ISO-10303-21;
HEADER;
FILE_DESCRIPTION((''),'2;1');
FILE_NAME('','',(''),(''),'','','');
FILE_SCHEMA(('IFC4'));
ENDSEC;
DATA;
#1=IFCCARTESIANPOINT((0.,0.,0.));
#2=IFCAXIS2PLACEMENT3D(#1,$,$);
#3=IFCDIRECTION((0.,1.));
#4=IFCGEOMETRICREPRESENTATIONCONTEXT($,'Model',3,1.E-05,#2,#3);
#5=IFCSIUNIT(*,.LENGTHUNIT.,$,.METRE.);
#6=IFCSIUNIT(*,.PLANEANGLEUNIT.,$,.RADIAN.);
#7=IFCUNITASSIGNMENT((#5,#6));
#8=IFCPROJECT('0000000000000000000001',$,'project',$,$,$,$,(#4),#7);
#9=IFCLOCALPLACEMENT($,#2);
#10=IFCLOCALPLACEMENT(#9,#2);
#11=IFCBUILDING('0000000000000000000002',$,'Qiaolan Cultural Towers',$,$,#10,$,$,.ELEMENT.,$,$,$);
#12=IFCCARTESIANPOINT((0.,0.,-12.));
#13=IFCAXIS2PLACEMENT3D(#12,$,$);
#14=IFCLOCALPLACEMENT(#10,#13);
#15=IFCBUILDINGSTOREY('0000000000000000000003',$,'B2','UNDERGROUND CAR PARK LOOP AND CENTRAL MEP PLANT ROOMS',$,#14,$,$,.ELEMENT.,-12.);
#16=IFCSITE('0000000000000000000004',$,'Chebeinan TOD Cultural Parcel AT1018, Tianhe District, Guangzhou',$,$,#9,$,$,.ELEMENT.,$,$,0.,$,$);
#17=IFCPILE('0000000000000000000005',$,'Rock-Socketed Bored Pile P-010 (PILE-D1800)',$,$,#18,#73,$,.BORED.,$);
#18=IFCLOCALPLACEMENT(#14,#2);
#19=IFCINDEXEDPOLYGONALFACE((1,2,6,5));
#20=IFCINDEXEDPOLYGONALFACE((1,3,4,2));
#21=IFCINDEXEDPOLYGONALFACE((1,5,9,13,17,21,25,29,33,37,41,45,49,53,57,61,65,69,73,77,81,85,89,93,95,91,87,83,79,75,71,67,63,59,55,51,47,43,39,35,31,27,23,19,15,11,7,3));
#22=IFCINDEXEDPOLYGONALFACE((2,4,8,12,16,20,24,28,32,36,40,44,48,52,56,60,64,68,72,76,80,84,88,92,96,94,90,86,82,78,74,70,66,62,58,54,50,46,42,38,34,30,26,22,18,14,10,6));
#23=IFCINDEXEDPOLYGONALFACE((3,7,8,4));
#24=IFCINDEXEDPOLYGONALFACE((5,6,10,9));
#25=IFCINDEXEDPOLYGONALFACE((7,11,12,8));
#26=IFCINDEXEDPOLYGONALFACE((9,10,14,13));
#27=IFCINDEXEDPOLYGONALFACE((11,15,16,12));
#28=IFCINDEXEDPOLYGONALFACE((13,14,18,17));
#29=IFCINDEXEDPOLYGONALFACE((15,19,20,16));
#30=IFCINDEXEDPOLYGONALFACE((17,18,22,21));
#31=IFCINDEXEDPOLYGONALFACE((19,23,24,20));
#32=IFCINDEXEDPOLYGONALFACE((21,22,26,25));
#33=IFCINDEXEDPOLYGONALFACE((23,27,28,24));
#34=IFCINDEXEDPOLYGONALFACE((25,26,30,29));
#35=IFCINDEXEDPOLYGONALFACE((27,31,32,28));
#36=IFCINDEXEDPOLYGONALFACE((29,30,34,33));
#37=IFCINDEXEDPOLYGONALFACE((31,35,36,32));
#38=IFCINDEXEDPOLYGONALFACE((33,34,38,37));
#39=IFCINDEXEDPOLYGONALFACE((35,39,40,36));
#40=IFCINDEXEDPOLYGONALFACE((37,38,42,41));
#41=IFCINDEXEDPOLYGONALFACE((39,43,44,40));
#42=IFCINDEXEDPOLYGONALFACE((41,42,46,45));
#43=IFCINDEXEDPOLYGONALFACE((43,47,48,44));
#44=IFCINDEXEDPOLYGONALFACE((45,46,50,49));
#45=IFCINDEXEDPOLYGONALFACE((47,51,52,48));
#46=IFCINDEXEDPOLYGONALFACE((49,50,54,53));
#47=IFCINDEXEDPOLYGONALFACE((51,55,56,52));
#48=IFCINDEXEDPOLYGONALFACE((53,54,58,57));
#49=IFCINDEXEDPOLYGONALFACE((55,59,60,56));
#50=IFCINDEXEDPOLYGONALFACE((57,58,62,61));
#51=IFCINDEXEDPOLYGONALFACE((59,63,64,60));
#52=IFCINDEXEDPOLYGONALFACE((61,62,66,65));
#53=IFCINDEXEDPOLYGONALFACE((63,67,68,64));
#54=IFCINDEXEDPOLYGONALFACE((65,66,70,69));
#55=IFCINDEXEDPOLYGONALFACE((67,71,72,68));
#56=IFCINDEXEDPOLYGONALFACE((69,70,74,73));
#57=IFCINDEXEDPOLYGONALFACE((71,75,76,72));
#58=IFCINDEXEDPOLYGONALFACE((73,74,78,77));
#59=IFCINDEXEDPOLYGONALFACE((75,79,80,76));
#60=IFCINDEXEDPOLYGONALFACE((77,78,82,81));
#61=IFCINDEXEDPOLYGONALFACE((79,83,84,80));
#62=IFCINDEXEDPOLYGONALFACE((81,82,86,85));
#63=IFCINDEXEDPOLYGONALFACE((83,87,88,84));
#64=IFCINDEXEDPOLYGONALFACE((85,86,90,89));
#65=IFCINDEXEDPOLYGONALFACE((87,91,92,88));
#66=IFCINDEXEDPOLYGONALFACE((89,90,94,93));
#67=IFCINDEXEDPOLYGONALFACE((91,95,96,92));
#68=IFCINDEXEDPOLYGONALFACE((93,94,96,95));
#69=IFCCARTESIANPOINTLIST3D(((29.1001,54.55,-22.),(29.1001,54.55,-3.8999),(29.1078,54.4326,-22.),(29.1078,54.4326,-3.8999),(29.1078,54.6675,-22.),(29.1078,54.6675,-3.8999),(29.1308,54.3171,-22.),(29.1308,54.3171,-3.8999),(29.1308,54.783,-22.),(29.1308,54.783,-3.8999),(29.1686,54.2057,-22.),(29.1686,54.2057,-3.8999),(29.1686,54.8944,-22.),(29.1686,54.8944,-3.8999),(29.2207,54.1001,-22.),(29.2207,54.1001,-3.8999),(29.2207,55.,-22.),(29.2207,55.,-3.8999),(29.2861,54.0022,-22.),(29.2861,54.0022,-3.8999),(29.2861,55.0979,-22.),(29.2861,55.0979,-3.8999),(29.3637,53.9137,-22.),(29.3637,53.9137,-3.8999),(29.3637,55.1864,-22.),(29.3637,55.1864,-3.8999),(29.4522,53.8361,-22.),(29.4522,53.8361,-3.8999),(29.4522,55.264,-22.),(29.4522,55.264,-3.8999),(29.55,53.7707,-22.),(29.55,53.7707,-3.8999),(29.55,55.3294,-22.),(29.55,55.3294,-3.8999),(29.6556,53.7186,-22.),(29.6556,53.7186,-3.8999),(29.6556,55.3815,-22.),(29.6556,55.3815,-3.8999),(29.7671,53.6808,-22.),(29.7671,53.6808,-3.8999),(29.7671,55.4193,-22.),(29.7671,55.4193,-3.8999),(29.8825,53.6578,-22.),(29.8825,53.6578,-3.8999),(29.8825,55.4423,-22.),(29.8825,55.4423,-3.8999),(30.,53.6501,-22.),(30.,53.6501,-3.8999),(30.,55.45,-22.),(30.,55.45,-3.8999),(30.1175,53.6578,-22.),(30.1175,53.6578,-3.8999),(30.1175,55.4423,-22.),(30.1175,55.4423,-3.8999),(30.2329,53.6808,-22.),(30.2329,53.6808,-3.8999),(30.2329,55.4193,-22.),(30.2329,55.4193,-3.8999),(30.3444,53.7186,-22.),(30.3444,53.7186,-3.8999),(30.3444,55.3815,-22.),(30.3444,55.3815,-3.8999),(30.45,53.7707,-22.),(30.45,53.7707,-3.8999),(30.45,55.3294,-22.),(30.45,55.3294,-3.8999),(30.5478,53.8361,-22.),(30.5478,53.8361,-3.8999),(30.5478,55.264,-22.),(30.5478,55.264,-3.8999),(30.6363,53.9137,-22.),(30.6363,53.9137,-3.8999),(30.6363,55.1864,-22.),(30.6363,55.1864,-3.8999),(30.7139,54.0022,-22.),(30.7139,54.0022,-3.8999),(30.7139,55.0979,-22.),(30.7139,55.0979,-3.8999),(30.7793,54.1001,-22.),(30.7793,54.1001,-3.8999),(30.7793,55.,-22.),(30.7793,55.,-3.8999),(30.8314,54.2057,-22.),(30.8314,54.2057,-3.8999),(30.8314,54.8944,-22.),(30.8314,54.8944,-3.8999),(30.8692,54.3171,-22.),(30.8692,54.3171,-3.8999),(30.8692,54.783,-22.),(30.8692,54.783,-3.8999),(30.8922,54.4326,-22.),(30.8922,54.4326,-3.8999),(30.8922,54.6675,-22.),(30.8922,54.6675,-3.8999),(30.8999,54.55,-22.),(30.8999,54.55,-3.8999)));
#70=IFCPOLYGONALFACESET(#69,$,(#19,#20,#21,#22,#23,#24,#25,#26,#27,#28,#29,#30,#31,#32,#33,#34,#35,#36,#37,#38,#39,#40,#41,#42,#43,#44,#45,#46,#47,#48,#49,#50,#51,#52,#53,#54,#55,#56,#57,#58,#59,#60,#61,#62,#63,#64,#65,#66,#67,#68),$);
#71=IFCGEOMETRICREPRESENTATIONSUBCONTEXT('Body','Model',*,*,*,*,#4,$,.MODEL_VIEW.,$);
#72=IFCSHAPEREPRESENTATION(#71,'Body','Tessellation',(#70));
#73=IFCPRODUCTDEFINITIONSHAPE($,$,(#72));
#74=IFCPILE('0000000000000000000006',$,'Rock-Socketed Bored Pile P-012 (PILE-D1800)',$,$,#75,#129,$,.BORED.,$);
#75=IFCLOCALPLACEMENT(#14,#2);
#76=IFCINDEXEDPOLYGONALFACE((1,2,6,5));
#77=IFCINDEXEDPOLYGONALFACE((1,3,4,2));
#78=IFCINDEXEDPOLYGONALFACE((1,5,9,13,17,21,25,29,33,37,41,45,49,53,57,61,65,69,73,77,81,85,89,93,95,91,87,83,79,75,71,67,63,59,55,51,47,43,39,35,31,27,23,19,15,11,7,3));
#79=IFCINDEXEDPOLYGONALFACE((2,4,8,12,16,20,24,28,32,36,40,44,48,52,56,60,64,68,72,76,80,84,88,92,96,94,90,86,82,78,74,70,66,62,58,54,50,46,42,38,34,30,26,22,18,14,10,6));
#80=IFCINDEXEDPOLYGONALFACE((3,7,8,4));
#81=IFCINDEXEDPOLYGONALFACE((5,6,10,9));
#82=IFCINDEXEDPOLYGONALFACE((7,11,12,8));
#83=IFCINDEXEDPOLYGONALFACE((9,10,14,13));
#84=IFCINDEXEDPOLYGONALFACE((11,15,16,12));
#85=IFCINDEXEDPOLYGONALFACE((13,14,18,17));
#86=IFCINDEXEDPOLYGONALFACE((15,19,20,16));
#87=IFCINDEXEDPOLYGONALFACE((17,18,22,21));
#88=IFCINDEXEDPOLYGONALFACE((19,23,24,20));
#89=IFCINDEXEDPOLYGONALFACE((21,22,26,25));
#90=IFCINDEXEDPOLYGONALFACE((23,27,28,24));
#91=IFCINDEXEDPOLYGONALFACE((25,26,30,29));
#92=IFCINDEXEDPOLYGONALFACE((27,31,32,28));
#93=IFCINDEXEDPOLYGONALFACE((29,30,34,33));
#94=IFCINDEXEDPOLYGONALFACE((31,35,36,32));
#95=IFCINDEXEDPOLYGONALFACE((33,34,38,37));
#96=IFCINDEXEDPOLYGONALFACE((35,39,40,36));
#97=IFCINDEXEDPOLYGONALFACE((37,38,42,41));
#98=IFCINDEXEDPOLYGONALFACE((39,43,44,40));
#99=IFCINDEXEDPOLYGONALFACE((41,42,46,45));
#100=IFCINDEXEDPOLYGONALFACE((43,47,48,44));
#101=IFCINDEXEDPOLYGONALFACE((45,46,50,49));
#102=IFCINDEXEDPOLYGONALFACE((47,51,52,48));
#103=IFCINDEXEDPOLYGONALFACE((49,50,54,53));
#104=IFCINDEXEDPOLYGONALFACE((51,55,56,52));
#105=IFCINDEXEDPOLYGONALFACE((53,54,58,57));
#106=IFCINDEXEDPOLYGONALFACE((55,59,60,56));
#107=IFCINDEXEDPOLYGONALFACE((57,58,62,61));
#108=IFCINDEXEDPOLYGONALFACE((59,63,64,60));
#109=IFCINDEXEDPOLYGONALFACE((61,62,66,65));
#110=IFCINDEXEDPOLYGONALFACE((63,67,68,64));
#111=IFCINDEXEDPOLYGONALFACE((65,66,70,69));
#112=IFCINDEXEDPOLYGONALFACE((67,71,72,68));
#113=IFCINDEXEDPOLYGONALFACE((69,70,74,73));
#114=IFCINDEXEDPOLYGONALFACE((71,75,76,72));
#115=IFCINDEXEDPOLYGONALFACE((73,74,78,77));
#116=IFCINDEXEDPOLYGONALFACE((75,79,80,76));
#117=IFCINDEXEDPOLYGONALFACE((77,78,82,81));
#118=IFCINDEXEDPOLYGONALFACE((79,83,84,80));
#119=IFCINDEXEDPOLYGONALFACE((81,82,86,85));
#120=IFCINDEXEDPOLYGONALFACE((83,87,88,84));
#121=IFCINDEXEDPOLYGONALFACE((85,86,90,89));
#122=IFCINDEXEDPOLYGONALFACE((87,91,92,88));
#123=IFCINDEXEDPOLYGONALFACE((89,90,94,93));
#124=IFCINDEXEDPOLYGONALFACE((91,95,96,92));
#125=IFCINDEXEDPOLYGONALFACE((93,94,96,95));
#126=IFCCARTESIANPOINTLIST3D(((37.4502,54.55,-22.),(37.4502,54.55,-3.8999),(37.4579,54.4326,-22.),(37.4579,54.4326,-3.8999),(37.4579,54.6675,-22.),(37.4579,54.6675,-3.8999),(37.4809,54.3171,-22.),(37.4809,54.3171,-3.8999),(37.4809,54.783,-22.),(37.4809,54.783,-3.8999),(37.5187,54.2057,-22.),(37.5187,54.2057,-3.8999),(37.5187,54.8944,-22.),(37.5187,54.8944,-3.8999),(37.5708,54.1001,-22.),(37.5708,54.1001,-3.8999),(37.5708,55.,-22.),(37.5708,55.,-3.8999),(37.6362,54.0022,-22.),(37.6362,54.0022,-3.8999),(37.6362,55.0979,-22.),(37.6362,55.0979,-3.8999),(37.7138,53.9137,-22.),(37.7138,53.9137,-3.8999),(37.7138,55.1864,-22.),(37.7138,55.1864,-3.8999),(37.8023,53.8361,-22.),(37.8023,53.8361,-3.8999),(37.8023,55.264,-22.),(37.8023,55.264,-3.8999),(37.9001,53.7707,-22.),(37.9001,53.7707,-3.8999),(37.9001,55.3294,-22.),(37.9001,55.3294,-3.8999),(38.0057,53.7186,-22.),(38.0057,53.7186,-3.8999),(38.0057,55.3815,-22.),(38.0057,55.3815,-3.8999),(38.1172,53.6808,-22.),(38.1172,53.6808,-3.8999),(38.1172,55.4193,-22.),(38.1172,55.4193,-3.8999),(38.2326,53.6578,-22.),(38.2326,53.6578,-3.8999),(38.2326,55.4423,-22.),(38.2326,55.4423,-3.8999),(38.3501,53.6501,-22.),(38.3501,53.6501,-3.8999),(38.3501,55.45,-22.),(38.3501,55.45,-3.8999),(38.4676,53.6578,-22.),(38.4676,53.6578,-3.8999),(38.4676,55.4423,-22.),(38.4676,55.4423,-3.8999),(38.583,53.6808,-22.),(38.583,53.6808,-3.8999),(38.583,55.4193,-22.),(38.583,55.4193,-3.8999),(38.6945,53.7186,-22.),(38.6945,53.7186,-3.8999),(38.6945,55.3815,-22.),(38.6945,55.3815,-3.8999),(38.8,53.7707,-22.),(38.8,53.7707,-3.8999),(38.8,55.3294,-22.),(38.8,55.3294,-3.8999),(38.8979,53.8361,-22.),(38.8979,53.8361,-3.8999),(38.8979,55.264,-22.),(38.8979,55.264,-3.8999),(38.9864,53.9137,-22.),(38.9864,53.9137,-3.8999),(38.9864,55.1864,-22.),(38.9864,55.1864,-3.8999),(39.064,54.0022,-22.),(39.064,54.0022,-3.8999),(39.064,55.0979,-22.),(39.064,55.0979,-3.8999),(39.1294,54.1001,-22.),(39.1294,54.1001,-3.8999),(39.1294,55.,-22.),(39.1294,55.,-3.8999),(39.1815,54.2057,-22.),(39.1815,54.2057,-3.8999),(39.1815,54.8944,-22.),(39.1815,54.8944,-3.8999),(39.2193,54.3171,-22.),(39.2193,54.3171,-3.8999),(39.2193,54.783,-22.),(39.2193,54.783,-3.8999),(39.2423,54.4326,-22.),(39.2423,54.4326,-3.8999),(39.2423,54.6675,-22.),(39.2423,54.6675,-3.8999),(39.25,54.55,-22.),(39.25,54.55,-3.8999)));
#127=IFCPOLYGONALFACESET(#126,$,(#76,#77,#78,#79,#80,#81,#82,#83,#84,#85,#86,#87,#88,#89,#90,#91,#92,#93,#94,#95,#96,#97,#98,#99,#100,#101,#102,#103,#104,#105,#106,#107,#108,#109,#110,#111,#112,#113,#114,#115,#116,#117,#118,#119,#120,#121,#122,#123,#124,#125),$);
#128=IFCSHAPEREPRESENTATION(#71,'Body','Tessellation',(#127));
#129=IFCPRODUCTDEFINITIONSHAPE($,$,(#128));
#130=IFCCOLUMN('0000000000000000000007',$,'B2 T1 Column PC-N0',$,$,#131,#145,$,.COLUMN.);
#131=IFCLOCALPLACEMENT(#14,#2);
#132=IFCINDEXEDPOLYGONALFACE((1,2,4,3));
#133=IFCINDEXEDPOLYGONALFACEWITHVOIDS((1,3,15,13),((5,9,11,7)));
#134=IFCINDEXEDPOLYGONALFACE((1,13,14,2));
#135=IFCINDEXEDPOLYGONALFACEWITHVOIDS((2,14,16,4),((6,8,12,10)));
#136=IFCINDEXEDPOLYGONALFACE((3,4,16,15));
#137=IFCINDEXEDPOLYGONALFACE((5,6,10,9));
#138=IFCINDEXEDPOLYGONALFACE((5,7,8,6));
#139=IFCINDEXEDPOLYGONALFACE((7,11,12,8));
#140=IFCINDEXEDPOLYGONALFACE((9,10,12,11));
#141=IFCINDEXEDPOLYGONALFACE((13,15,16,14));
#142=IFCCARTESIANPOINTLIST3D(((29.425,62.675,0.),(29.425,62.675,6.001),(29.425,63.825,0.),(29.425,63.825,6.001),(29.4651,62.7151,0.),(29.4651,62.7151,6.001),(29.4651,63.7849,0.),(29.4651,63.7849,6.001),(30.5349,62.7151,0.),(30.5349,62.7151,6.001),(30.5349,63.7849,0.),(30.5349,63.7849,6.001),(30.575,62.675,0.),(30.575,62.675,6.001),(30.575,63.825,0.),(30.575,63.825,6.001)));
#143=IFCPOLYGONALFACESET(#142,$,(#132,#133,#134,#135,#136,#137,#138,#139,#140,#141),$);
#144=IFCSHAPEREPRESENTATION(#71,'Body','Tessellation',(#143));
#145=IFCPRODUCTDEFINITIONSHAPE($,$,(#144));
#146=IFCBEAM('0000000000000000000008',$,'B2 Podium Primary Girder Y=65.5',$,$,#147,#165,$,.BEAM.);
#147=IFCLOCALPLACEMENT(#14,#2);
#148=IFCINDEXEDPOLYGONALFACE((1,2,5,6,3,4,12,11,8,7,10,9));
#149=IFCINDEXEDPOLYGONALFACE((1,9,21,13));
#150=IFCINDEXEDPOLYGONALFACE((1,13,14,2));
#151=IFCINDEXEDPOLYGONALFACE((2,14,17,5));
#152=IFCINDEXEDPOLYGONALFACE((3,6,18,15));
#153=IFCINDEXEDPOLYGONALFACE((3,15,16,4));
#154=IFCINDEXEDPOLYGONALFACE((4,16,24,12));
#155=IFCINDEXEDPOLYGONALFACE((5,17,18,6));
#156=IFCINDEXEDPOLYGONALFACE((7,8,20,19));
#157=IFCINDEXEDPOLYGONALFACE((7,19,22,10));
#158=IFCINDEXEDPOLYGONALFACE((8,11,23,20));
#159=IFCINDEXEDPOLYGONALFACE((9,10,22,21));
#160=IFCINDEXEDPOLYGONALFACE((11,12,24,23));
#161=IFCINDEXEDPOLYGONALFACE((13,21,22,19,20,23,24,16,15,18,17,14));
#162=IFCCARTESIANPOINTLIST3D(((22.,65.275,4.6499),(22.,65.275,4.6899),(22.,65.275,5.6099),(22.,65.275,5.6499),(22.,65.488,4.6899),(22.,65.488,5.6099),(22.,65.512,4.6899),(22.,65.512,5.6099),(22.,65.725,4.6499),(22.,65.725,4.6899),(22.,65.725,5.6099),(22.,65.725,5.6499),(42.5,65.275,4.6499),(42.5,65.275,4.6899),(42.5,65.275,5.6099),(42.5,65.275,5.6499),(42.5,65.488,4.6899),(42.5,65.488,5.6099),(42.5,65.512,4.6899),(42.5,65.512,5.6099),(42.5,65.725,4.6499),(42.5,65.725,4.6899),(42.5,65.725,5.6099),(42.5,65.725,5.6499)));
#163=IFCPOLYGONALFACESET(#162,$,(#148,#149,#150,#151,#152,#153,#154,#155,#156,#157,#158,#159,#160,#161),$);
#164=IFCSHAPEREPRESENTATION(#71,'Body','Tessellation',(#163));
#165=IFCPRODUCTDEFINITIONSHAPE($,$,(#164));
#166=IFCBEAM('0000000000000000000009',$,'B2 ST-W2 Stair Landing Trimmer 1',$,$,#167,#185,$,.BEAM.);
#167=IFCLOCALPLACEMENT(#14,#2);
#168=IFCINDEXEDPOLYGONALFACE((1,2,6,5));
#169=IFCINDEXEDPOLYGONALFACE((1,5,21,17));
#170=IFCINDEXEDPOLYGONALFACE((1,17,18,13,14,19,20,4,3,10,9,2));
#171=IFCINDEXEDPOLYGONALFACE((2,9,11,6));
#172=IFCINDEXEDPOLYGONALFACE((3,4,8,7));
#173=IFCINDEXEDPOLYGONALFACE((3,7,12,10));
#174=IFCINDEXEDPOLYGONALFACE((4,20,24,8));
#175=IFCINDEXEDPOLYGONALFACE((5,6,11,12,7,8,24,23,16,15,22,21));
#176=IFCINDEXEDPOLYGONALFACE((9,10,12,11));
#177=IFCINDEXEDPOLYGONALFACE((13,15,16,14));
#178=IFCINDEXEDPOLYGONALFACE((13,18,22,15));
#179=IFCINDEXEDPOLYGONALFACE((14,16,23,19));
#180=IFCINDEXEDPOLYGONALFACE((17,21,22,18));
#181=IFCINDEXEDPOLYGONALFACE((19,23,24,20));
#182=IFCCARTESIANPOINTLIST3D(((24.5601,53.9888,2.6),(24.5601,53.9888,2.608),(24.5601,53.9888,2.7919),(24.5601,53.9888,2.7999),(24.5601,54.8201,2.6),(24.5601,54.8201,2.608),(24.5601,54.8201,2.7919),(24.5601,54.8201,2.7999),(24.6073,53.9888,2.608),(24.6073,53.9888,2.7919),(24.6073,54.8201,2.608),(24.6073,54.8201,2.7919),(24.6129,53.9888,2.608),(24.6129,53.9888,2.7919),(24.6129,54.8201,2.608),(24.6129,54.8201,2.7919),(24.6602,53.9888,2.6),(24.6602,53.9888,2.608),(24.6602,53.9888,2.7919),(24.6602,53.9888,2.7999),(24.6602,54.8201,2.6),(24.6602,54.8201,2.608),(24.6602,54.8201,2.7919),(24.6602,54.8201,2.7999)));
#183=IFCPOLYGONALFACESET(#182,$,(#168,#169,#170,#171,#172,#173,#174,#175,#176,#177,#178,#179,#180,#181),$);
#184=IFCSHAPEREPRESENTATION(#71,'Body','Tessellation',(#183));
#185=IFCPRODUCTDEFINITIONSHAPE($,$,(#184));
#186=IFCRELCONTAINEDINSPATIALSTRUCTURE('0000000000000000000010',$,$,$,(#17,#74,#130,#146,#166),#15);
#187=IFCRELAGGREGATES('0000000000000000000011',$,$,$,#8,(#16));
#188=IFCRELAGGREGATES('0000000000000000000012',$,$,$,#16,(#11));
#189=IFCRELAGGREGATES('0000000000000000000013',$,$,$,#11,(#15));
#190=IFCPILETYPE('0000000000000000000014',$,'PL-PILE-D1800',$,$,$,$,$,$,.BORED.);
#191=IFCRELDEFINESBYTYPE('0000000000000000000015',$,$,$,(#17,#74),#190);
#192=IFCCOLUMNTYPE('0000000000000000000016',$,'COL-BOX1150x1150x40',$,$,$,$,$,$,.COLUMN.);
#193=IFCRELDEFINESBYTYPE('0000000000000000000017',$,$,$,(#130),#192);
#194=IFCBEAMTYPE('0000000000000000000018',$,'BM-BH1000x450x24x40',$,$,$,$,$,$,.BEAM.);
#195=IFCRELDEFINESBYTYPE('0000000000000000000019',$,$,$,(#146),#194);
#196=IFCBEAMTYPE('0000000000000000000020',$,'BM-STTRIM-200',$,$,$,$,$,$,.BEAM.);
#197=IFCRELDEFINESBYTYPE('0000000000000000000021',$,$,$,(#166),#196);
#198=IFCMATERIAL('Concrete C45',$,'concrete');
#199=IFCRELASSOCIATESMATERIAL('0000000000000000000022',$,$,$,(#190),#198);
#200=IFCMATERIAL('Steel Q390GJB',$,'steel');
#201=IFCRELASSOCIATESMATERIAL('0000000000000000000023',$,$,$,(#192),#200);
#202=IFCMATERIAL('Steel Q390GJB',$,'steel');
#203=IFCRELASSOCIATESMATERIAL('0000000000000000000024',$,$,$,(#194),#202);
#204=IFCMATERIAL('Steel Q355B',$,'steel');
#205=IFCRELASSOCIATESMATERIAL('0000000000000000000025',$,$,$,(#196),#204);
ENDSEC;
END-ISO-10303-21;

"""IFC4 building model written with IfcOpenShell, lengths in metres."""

from ifc_helpers import new_model, si_unit, direction, frame, origin, origin_2d, place, context, subcontext, project, spatial, hollow_rectangle, circle, i_section, extrude, material, material_profile, profile_set, type_object, element, save


model = new_model("IFC4")

# Units and contexts
model_context = context("Model", 3, precision=1e-05, world=origin(), true_north=direction((0.0, 1.0)))
body_context = subcontext(model_context, "Body", "Model", "MODEL_VIEW")
ifc_project = project(units=[si_unit("LENGTHUNIT", "METRE"), si_unit("PLANEANGLEUNIT", "RADIAN")], contexts=[model_context])

# Site, building, storey
site_placement = place(None, origin())
site = spatial("IfcSite", under=ifc_project, at=site_placement, Name="Chebeinan TOD Cultural Parcel AT1018, Tianhe District, Guangzhou", CompositionType="ELEMENT", RefElevation=0.0)
building_placement = place(site_placement, origin())
building = spatial("IfcBuilding", under=site, at=building_placement, Name="Qiaolan Cultural Towers", CompositionType="ELEMENT")
storey_placement = place(building_placement, frame((0.0, 0.0, -12.0)))
storey = spatial("IfcBuildingStorey", under=building, at=storey_placement, Name="B2", Description="UNDERGROUND CAR PARK LOOP AND CENTRAL MEP PLANT ROOMS", CompositionType="ELEMENT", Elevation=-12.0)

# Piles
ifc_material_1 = material(Name="Concrete C45", Category="concrete")
ifc_material_profile_1 = material_profile(ifc_material_1, circle(Radius=0.8999, at=origin_2d()), Name="PILE-D1800")
ifc_profile_set_1 = profile_set([ifc_material_profile_1], Name="Concrete C45")
pile_type = type_object("IfcPileType", Name="PL-PILE-D1800", PredefinedType="BORED", material=ifc_profile_set_1)
for number, where, z_axis, x_axis, name in (
    (1, (30.0, 54.55, -3.8999), (0.0, 0.0, -1.0), (1.0, 0.0, 0.0), "Rock-Socketed Bored Pile P-010 (PILE-D1800)"),
    (2, (38.3501, 54.55, -3.8999), (0.0, 0.0, -1.0), (1.0, 0.0, 0.0), "Rock-Socketed Bored Pile P-012 (PILE-D1800)"),
):
    element("IfcPile", number, at=place(storey_placement, frame(where, z_axis=z_axis, x_axis=x_axis)), inside=storey, type_object=pile_type, Name=name, PredefinedType="BORED", context=body_context, shape_type="SweptSolid", body=[
        extrude(circle(Radius=0.8999, at=origin_2d()), origin(), (0.0, 0.0, 1.0), 18.1001),
    ])

# Column
ifc_material_2 = material(Name="Steel Q390GJB", Category="steel")
ifc_material_profile_2 = material_profile(ifc_material_2, hollow_rectangle(XDim=1.1499, YDim=1.1499, WallThickness=0.04, at=origin_2d()), Name="BOX1150x1150x40")
ifc_profile_set_2 = profile_set([ifc_material_profile_2], Name="Steel Q390GJB")
column_type = type_object("IfcColumnType", Name="COL-BOX1150x1150x40", PredefinedType="COLUMN", material=ifc_profile_set_2)
column_placement = place(storey_placement, frame((30.0, 63.25, 0.0), z_axis=(0.0, 0.0, 1.0), x_axis=(1.0, 0.0, 0.0)))
element("IfcColumn", 3, at=column_placement, inside=storey, type_object=column_type, Name="B2 T1 Column PC-N0", PredefinedType="COLUMN", context=body_context, shape_type="SweptSolid", body=[
    extrude(hollow_rectangle(XDim=1.1499, YDim=1.1499, WallThickness=0.04, at=origin_2d()), origin(), (0.0, 0.0, 1.0), 6.001),
])

# Beams
ifc_material_3 = material(Name="Steel Q390GJB", Category="steel")
ifc_material_profile_3 = material_profile(ifc_material_3, i_section(OverallWidth=0.45, OverallDepth=1.0, WebThickness=0.0239, FlangeThickness=0.04, at=origin_2d()), Name="BH1000x450x24x40")
ifc_profile_set_3 = profile_set([ifc_material_profile_3], Name="Steel Q390GJB")
beam_type_1 = type_object("IfcBeamType", Name="BM-BH1000x450x24x40", PredefinedType="BEAM", material=ifc_profile_set_3)
beam_1_placement = place(storey_placement, frame((22.0, 65.5, 5.1499), z_axis=(1.0, 0.0, 0.0), x_axis=(0.0, 1.0, 0.0)))
element("IfcBeam", 4, at=beam_1_placement, inside=storey, type_object=beam_type_1, Name="B2 Podium Primary Girder Y=65.5", PredefinedType="BEAM", context=body_context, shape_type="SweptSolid", body=[
    extrude(i_section(OverallWidth=0.45, OverallDepth=1.0, WebThickness=0.0239, FlangeThickness=0.04, at=origin_2d()), origin(), (0.0, 0.0, 1.0), 20.5),
])
ifc_material_4 = material(Name="Steel Q355B", Category="steel")
ifc_material_profile_4 = material_profile(ifc_material_4, i_section(OverallWidth=0.1001, OverallDepth=0.2, WebThickness=0.0056, FlangeThickness=0.0081, at=origin_2d()), Name="HN200x100x5.5x8")
ifc_profile_set_4 = profile_set([ifc_material_profile_4], Name="Steel Q355B")
beam_type_2 = type_object("IfcBeamType", Name="BM-STTRIM-200", PredefinedType="BEAM", material=ifc_profile_set_4)
beam_2_placement = place(storey_placement, frame((24.6101, 53.9888, 2.7), z_axis=(0.0, 1.0, 0.0), x_axis=(-1.0, 0.0, 0.0)))
element("IfcBeam", 5, at=beam_2_placement, inside=storey, type_object=beam_type_2, Name="B2 ST-W2 Stair Landing Trimmer 1", PredefinedType="BEAM", context=body_context, shape_type="SweptSolid", body=[
    extrude(i_section(OverallWidth=0.1001, OverallDepth=0.2, WebThickness=0.0056, FlangeThickness=0.0081, at=origin_2d()), origin(), (0.0, 0.0, 1.0), 0.8313),
])

save(model, "model.ifc")
